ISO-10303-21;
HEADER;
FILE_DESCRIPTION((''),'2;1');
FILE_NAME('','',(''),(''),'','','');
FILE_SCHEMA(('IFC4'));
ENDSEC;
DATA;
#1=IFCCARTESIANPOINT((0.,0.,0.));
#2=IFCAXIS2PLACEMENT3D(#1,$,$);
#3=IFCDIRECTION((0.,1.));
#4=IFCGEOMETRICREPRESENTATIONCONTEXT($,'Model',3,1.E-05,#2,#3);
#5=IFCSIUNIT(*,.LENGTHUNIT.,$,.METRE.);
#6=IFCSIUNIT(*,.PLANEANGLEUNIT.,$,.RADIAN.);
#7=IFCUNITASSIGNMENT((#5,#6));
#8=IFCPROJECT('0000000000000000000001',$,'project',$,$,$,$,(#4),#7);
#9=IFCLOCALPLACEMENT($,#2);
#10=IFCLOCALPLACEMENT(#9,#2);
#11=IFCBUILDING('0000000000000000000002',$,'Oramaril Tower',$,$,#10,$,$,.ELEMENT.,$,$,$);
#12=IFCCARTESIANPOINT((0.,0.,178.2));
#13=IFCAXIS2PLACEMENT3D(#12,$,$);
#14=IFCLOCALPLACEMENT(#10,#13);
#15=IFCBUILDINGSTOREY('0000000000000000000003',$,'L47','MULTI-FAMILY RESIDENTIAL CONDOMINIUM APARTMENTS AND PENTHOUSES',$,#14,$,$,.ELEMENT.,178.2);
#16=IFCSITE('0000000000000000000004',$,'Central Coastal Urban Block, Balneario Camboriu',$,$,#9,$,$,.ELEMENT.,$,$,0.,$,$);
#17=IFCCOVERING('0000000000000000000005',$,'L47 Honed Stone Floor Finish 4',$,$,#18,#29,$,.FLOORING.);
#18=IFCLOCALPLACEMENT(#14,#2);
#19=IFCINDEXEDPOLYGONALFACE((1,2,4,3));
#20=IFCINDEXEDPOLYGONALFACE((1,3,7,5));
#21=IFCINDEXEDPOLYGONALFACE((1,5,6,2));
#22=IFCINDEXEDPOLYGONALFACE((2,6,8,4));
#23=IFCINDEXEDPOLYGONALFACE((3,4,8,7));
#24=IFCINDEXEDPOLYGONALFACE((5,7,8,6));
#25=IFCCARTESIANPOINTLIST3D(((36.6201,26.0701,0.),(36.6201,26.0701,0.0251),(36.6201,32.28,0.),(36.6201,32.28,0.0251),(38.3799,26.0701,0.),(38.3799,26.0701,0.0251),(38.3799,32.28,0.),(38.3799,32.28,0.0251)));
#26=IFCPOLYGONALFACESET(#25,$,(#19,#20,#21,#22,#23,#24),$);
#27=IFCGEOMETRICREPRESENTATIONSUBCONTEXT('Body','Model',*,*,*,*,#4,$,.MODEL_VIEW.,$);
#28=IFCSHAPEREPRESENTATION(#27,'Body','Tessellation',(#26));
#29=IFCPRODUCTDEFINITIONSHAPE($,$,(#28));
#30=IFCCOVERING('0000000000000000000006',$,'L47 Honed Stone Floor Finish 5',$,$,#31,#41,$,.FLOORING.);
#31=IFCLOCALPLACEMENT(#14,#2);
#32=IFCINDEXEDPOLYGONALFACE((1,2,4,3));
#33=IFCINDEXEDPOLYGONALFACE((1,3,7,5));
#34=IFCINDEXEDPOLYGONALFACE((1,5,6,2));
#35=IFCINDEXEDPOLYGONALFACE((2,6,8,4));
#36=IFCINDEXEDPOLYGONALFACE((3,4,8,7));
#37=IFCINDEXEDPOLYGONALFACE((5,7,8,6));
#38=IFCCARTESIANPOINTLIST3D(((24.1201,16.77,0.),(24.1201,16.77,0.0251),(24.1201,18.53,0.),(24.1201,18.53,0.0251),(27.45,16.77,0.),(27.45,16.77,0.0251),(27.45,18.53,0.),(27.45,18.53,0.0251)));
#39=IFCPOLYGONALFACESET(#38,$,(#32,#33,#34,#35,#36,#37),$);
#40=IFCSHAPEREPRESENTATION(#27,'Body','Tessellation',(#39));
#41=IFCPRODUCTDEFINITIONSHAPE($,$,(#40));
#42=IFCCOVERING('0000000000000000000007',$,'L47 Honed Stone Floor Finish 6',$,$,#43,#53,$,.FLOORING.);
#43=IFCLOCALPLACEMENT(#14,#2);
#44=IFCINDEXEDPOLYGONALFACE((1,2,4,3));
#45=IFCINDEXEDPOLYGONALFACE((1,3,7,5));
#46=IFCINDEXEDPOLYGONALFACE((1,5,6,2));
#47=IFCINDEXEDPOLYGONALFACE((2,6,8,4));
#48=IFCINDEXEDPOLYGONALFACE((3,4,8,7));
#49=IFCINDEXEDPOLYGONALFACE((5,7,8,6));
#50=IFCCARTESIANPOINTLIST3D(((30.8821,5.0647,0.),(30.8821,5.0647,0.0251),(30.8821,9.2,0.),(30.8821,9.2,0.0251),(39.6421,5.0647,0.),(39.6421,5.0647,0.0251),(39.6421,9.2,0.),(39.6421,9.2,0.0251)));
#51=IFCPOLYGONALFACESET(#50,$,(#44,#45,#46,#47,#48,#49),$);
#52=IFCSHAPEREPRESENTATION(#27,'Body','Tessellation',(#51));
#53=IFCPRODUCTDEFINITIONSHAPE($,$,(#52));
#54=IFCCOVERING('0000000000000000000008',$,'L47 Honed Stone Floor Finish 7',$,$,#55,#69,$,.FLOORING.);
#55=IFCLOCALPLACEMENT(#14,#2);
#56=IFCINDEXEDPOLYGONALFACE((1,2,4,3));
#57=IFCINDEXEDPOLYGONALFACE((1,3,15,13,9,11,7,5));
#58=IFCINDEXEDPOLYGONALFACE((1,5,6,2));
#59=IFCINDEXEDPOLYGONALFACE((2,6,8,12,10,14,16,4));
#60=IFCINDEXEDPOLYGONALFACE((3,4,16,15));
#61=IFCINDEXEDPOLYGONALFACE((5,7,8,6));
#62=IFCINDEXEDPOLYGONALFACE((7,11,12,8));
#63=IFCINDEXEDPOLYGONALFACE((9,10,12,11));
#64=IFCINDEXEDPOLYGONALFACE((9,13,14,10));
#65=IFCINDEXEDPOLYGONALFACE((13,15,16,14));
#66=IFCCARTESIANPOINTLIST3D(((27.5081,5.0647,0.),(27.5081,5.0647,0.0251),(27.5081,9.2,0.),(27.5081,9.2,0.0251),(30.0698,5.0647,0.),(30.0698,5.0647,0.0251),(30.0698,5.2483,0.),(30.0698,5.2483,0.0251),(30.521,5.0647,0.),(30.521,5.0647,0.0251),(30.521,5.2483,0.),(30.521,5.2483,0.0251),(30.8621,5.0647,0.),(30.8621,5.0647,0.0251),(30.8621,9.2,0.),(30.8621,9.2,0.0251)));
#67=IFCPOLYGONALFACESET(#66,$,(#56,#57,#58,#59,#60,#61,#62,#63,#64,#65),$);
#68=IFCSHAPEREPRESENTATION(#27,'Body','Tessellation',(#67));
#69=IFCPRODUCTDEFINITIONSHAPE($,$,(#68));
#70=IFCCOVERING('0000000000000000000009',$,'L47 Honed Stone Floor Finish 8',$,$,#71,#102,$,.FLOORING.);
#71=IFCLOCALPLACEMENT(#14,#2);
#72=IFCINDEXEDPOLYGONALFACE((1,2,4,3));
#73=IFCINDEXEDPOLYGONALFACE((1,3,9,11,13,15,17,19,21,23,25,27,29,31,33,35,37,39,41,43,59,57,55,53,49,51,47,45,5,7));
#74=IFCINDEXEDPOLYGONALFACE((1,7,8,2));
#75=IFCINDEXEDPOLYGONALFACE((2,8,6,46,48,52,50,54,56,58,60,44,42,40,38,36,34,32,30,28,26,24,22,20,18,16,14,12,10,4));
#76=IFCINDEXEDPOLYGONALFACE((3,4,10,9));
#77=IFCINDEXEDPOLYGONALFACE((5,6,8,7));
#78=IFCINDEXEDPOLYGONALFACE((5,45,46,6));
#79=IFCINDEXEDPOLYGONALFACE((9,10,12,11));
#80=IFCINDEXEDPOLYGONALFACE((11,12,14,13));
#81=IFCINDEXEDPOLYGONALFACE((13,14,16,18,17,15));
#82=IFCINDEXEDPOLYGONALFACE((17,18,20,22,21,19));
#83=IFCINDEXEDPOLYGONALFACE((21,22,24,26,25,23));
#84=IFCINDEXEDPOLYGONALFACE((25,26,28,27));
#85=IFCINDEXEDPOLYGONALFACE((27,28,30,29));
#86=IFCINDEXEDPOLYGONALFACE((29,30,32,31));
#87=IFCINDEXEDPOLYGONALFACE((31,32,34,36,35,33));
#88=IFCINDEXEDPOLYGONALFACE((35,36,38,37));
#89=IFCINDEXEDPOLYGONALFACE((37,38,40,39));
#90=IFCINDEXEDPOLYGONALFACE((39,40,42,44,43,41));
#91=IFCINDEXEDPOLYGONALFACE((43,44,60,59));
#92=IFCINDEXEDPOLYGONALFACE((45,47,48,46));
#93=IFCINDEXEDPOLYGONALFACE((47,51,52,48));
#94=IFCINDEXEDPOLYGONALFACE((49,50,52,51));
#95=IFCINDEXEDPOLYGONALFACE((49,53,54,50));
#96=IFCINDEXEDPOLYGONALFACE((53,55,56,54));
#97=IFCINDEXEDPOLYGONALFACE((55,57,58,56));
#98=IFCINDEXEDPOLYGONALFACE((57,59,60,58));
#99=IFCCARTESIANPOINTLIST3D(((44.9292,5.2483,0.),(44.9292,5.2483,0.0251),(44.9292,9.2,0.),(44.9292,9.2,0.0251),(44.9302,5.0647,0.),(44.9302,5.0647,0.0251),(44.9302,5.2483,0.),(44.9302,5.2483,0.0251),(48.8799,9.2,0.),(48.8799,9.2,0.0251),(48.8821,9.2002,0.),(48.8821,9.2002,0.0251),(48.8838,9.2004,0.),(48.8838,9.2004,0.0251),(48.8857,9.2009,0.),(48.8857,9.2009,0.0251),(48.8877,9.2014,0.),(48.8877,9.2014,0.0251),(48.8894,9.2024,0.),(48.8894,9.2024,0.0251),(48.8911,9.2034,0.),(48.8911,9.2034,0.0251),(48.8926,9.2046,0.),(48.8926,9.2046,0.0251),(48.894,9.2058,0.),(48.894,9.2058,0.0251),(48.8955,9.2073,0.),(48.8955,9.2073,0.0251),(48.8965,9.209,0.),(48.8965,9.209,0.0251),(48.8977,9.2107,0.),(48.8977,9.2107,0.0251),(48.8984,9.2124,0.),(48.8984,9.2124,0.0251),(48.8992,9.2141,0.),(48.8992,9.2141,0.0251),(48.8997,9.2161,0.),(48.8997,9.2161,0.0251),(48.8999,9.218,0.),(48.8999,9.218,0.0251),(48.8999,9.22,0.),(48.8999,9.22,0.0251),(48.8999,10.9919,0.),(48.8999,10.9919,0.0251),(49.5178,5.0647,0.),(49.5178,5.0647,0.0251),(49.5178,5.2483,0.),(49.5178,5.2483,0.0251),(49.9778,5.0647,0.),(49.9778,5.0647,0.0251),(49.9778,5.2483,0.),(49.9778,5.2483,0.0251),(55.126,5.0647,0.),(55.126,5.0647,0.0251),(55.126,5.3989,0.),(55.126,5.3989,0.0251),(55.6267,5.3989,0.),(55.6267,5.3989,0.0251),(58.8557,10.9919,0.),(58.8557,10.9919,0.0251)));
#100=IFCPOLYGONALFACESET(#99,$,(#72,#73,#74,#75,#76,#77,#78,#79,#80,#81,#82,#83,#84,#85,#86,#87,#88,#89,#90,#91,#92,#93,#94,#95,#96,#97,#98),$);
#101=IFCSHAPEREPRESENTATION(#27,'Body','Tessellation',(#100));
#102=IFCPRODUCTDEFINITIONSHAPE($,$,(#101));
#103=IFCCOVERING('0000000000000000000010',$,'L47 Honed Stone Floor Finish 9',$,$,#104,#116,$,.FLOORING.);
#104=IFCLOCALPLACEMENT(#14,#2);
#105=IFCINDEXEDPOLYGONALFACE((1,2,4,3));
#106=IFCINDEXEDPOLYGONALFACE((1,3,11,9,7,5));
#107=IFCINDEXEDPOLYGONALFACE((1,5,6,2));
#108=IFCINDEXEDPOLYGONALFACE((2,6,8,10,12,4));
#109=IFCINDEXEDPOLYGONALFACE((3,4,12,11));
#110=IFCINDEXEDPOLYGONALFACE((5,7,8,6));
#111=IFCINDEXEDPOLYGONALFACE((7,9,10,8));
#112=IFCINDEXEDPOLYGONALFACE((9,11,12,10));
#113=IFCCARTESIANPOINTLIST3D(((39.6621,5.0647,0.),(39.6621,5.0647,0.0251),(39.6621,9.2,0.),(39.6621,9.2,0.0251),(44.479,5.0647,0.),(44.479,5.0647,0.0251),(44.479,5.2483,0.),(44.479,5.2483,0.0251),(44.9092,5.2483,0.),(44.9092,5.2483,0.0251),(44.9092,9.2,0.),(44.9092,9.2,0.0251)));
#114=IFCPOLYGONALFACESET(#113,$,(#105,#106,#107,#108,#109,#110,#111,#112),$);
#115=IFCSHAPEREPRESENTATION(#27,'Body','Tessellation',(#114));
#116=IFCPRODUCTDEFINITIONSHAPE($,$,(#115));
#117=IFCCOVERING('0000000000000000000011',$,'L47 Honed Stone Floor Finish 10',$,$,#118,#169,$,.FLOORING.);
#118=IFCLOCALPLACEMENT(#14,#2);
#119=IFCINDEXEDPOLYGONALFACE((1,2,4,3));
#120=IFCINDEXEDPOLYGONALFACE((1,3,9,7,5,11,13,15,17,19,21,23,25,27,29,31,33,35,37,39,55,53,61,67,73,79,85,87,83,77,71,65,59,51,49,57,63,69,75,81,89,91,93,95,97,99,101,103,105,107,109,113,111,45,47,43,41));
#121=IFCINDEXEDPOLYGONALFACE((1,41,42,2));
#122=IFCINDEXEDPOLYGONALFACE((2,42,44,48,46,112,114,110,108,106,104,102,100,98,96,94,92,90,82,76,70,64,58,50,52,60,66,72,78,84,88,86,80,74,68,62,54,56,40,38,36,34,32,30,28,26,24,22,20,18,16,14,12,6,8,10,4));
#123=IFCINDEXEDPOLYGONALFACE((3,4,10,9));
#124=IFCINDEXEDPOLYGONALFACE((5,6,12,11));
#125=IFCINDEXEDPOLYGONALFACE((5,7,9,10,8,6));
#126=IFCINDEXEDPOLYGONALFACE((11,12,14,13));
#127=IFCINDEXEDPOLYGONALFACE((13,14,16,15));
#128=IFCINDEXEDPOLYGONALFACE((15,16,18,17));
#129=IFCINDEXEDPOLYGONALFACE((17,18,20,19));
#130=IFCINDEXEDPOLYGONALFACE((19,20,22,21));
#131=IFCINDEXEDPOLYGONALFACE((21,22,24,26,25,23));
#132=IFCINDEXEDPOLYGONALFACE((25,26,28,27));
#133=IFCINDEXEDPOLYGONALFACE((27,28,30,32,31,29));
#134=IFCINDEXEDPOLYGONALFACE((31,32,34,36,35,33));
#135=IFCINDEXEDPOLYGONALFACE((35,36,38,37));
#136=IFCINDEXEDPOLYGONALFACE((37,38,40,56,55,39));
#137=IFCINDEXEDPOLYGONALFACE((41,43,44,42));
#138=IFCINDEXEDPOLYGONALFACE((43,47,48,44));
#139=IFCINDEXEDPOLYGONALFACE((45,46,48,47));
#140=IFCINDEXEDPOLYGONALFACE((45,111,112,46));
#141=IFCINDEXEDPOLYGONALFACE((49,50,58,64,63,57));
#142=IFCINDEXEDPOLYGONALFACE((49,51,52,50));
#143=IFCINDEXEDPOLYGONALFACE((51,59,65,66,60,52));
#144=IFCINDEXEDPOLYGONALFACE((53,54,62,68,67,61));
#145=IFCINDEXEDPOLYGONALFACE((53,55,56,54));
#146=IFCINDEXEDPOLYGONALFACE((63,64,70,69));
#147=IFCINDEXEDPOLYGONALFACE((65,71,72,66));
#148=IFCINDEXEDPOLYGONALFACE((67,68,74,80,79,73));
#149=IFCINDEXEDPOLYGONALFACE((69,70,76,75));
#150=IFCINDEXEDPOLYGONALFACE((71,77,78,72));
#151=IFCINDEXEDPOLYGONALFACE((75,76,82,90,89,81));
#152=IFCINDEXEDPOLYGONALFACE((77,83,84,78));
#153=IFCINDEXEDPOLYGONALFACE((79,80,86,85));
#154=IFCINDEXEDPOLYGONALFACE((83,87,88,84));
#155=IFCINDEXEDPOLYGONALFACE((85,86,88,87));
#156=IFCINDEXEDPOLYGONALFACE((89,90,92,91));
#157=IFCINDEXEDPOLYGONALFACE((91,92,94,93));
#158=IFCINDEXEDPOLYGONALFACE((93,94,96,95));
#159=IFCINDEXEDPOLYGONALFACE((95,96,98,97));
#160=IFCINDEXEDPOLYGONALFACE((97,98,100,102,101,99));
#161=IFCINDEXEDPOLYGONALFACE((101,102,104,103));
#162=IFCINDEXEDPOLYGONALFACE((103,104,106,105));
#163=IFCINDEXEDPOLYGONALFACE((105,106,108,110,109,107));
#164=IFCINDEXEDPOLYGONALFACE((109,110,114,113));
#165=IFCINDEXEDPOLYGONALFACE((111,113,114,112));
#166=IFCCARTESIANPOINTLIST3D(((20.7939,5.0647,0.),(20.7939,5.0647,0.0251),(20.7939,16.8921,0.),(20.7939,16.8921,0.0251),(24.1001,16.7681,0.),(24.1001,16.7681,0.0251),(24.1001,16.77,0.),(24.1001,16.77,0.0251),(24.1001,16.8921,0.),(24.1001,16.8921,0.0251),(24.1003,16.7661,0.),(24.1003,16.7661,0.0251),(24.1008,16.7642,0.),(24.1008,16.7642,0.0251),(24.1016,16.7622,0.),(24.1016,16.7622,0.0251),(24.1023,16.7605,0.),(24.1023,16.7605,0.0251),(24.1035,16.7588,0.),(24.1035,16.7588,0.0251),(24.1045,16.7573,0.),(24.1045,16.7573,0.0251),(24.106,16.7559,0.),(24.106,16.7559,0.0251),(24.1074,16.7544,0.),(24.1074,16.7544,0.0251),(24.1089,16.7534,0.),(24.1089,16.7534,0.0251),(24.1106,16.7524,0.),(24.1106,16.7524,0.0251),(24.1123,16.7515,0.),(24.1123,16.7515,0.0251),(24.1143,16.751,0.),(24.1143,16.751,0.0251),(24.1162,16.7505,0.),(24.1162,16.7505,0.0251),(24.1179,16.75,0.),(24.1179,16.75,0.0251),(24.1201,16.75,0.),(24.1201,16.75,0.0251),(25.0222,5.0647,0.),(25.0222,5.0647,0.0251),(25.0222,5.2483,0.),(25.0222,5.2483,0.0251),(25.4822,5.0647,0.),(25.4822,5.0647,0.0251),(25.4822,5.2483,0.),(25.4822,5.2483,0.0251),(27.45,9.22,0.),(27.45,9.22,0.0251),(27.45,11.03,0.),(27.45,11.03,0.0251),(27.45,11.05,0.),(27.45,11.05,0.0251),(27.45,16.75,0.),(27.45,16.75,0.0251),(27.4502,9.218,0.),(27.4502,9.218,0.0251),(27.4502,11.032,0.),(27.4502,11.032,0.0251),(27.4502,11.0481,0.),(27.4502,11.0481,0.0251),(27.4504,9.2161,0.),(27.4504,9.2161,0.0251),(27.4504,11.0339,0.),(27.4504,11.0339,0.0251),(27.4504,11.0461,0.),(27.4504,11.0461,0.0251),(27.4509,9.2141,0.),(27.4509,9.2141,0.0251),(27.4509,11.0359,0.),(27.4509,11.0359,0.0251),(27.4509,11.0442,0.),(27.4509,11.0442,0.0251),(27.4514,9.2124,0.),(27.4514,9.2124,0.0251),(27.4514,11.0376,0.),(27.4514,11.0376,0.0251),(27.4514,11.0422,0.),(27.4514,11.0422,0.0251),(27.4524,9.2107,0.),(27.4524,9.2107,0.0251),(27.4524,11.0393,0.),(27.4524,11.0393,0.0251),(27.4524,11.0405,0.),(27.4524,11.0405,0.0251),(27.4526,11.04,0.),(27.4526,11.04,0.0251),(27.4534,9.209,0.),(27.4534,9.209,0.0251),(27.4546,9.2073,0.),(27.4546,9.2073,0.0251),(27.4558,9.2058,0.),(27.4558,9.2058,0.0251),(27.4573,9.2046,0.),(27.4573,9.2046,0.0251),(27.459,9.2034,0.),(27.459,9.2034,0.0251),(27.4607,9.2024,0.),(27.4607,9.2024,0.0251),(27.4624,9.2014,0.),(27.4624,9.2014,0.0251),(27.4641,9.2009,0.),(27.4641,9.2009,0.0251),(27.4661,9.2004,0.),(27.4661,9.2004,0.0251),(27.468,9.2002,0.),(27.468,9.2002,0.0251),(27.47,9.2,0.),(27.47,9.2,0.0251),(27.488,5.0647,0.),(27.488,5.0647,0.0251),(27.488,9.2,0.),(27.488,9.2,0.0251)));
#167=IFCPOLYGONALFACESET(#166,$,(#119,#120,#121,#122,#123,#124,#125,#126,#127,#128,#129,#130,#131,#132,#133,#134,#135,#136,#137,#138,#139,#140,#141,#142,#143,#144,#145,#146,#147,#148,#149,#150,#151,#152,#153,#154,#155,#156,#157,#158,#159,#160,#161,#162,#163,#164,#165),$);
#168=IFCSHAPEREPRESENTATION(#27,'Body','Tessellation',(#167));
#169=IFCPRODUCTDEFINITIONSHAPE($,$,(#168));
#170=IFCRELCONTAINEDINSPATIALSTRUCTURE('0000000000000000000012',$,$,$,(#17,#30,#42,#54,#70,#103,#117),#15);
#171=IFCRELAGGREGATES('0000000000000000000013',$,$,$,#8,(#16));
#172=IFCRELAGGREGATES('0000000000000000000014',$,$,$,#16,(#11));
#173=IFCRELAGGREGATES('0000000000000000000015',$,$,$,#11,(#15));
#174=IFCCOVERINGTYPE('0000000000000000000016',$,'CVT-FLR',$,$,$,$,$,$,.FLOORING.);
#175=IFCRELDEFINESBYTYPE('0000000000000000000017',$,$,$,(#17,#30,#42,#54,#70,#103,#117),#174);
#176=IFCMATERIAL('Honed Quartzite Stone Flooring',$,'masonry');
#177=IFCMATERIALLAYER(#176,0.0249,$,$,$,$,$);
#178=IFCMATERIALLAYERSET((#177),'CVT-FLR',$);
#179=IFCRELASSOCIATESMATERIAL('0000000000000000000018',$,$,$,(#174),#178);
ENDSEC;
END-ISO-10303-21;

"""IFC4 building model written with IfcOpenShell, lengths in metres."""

from ifc_helpers import new_model, si_unit, direction, frame, origin, place, context, subcontext, project, spatial, polyline, outline, extrude, material, layer, layer_set, type_object, element, save


model = new_model("IFC4")

# Units and contexts
model_context = context("Model", 3, precision=1e-05, world=origin(), true_north=direction((0.0, 1.0)))
body_context = subcontext(model_context, "Body", "Model", "MODEL_VIEW")
ifc_project = project(units=[si_unit("LENGTHUNIT", "METRE"), si_unit("PLANEANGLEUNIT", "RADIAN")], contexts=[model_context])

# Site, building, storey
site_placement = place(None, origin())
site = spatial("IfcSite", under=ifc_project, at=site_placement, Name="Central Coastal Urban Block, Balneario Camboriu", CompositionType="ELEMENT", RefElevation=0.0)
building_placement = place(site_placement, origin())
building = spatial("IfcBuilding", under=site, at=building_placement, Name="Oramaril Tower", CompositionType="ELEMENT")
storey_placement = place(building_placement, frame((0.0, 0.0, 178.2)))
storey = spatial("IfcBuildingStorey", under=building, at=storey_placement, Name="L47", Description="MULTI-FAMILY RESIDENTIAL CONDOMINIUM APARTMENTS AND PENTHOUSES", CompositionType="ELEMENT", Elevation=178.2)

# Coverings
ifc_material_1 = material(Name="Honed Quartzite Stone Flooring", Category="masonry")
ifc_layer_1 = layer(ifc_material_1, 0.0249)
ifc_layer_set_1 = layer_set([ifc_layer_1], Name="CVT-FLR")
covering_type_1 = type_object("IfcCoveringType", Name="CVT-FLR", PredefinedType="FLOORING", material=ifc_layer_set_1)
covering_1_placement = place(storey_placement, origin())
element("IfcCovering", 1, at=covering_1_placement, inside=storey, type_object=covering_type_1, Name="L47 Honed Stone Floor Finish 4", PredefinedType="FLOORING", context=body_context, shape_type="SweptSolid", body=[
    extrude(outline(polyline([(38.3799, 26.0701), (36.6201, 26.0701), (36.6201, 32.28), (38.3799, 32.28), (38.3799, 26.0701)])), origin(), (0.0, 0.0, 1.0), 0.0251),
])
covering_2_placement = place(storey_placement, origin())
element("IfcCovering", 2, at=covering_2_placement, inside=storey, type_object=covering_type_1, Name="L47 Honed Stone Floor Finish 5", PredefinedType="FLOORING", context=body_context, shape_type="SweptSolid", body=[
    extrude(outline(polyline([(24.1201, 16.77), (24.1201, 18.53), (27.45, 18.53), (27.45, 16.77), (24.1201, 16.77)])), origin(), (0.0, 0.0, 1.0), 0.0251),
])
covering_3_placement = place(storey_placement, origin())
element("IfcCovering", 3, at=covering_3_placement, inside=storey, type_object=covering_type_1, Name="L47 Honed Stone Floor Finish 6", PredefinedType="FLOORING", context=body_context, shape_type="SweptSolid", body=[
    extrude(outline(polyline([(30.8821, 5.0647), (30.8821, 9.2), (39.6421, 9.2), (39.6421, 5.0647), (30.8821, 5.0647)])), origin(), (0.0, 0.0, 1.0), 0.0251),
])
covering_4_placement = place(storey_placement, origin())
element("IfcCovering", 4, at=covering_4_placement, inside=storey, type_object=covering_type_1, Name="L47 Honed Stone Floor Finish 7", PredefinedType="FLOORING", context=body_context, shape_type="SweptSolid", body=[
    extrude(outline(polyline([(30.521, 5.2483), (30.0698, 5.2483), (30.0698, 5.0647), (27.5081, 5.0647), (27.5081, 9.2), (30.8621, 9.2), (30.8621, 5.0647), (30.521, 5.0647), (30.521, 5.2483)])), origin(), (0.0, 0.0, 1.0), 0.0251),
])
covering_5_placement = place(storey_placement, origin())
element("IfcCovering", 5, at=covering_5_placement, inside=storey, type_object=covering_type_1, Name="L47 Honed Stone Floor Finish 8", PredefinedType="FLOORING", context=body_context, shape_type="SweptSolid", body=[
    extrude(outline(polyline([(55.6267, 5.3989), (55.126, 5.3989), (55.126, 5.0647), (49.9778, 5.0647), (49.9778, 5.2483), (49.5178, 5.2483), (49.5178, 5.0647), (44.9302, 5.0647), (44.9302, 5.2483), (44.9292, 5.2483), (44.9292, 9.2), (48.8799, 9.2), (48.8821, 9.2002), (48.8838, 9.2004), (48.8857, 9.2009), (48.8877, 9.2014), (48.8894, 9.2024), (48.8911, 9.2034), (48.8926, 9.2046), (48.894, 9.2058), (48.8955, 9.2073), (48.8965, 9.209), (48.8977, 9.2107), (48.8984, 9.2124), (48.8992, 9.2141), (48.8997, 9.2161), (48.8999, 9.218), (48.8999, 9.22), (48.8999, 10.9919), (58.8557, 10.9919), (55.6267, 5.3989)])), origin(), (0.0, 0.0, 1.0), 0.0251),
])
covering_6_placement = place(storey_placement, origin())
element("IfcCovering", 6, at=covering_6_placement, inside=storey, type_object=covering_type_1, Name="L47 Honed Stone Floor Finish 9", PredefinedType="FLOORING", context=body_context, shape_type="SweptSolid", body=[
    extrude(outline(polyline([(44.479, 5.2483), (44.479, 5.0647), (39.6621, 5.0647), (39.6621, 9.2), (44.9092, 9.2), (44.9092, 5.2483), (44.479, 5.2483)])), origin(), (0.0, 0.0, 1.0), 0.0251),
])
covering_7_placement = place(storey_placement, origin())
element("IfcCovering", 7, at=covering_7_placement, inside=storey, type_object=covering_type_1, Name="L47 Honed Stone Floor Finish 10", PredefinedType="FLOORING", context=body_context, shape_type="SweptSolid", body=[
    extrude(outline(polyline([(25.4822, 5.0647), (25.4822, 5.2483), (25.0222, 5.2483), (25.0222, 5.0647), (20.7939, 5.0647), (20.7939, 16.8921), (24.1001, 16.8921), (24.1001, 16.77), (24.1001, 16.7681), (24.1003, 16.7661), (24.1008, 16.7642), (24.1016, 16.7622), (24.1023, 16.7605), (24.1035, 16.7588), (24.1045, 16.7573), (24.106, 16.7559), (24.1074, 16.7544), (24.1089, 16.7534), (24.1106, 16.7524), (24.1123, 16.7515), (24.1143, 16.751), (24.1162, 16.7505), (24.1179, 16.75), (24.1201, 16.75), (27.45, 16.75), (27.45, 11.05), (27.4502, 11.0481), (27.4504, 11.0461), (27.4509, 11.0442), (27.4514, 11.0422), (27.4524, 11.0405), (27.4526, 11.04), (27.4524, 11.0393), (27.4514, 11.0376), (27.4509, 11.0359), (27.4504, 11.0339), (27.4502, 11.032), (27.45, 11.03), (27.45, 9.22), (27.4502, 9.218), (27.4504, 9.2161), (27.4509, 9.2141), (27.4514, 9.2124), (27.4524, 9.2107), (27.4534, 9.209), (27.4546, 9.2073), (27.4558, 9.2058), (27.4573, 9.2046), (27.459, 9.2034), (27.4607, 9.2024), (27.4624, 9.2014), (27.4641, 9.2009), (27.4661, 9.2004), (27.468, 9.2002), (27.47, 9.2), (27.488, 9.2), (27.488, 5.0647), (25.4822, 5.0647)])), origin(), (0.0, 0.0, 1.0), 0.0251),
])

save(model, "model.ifc")
